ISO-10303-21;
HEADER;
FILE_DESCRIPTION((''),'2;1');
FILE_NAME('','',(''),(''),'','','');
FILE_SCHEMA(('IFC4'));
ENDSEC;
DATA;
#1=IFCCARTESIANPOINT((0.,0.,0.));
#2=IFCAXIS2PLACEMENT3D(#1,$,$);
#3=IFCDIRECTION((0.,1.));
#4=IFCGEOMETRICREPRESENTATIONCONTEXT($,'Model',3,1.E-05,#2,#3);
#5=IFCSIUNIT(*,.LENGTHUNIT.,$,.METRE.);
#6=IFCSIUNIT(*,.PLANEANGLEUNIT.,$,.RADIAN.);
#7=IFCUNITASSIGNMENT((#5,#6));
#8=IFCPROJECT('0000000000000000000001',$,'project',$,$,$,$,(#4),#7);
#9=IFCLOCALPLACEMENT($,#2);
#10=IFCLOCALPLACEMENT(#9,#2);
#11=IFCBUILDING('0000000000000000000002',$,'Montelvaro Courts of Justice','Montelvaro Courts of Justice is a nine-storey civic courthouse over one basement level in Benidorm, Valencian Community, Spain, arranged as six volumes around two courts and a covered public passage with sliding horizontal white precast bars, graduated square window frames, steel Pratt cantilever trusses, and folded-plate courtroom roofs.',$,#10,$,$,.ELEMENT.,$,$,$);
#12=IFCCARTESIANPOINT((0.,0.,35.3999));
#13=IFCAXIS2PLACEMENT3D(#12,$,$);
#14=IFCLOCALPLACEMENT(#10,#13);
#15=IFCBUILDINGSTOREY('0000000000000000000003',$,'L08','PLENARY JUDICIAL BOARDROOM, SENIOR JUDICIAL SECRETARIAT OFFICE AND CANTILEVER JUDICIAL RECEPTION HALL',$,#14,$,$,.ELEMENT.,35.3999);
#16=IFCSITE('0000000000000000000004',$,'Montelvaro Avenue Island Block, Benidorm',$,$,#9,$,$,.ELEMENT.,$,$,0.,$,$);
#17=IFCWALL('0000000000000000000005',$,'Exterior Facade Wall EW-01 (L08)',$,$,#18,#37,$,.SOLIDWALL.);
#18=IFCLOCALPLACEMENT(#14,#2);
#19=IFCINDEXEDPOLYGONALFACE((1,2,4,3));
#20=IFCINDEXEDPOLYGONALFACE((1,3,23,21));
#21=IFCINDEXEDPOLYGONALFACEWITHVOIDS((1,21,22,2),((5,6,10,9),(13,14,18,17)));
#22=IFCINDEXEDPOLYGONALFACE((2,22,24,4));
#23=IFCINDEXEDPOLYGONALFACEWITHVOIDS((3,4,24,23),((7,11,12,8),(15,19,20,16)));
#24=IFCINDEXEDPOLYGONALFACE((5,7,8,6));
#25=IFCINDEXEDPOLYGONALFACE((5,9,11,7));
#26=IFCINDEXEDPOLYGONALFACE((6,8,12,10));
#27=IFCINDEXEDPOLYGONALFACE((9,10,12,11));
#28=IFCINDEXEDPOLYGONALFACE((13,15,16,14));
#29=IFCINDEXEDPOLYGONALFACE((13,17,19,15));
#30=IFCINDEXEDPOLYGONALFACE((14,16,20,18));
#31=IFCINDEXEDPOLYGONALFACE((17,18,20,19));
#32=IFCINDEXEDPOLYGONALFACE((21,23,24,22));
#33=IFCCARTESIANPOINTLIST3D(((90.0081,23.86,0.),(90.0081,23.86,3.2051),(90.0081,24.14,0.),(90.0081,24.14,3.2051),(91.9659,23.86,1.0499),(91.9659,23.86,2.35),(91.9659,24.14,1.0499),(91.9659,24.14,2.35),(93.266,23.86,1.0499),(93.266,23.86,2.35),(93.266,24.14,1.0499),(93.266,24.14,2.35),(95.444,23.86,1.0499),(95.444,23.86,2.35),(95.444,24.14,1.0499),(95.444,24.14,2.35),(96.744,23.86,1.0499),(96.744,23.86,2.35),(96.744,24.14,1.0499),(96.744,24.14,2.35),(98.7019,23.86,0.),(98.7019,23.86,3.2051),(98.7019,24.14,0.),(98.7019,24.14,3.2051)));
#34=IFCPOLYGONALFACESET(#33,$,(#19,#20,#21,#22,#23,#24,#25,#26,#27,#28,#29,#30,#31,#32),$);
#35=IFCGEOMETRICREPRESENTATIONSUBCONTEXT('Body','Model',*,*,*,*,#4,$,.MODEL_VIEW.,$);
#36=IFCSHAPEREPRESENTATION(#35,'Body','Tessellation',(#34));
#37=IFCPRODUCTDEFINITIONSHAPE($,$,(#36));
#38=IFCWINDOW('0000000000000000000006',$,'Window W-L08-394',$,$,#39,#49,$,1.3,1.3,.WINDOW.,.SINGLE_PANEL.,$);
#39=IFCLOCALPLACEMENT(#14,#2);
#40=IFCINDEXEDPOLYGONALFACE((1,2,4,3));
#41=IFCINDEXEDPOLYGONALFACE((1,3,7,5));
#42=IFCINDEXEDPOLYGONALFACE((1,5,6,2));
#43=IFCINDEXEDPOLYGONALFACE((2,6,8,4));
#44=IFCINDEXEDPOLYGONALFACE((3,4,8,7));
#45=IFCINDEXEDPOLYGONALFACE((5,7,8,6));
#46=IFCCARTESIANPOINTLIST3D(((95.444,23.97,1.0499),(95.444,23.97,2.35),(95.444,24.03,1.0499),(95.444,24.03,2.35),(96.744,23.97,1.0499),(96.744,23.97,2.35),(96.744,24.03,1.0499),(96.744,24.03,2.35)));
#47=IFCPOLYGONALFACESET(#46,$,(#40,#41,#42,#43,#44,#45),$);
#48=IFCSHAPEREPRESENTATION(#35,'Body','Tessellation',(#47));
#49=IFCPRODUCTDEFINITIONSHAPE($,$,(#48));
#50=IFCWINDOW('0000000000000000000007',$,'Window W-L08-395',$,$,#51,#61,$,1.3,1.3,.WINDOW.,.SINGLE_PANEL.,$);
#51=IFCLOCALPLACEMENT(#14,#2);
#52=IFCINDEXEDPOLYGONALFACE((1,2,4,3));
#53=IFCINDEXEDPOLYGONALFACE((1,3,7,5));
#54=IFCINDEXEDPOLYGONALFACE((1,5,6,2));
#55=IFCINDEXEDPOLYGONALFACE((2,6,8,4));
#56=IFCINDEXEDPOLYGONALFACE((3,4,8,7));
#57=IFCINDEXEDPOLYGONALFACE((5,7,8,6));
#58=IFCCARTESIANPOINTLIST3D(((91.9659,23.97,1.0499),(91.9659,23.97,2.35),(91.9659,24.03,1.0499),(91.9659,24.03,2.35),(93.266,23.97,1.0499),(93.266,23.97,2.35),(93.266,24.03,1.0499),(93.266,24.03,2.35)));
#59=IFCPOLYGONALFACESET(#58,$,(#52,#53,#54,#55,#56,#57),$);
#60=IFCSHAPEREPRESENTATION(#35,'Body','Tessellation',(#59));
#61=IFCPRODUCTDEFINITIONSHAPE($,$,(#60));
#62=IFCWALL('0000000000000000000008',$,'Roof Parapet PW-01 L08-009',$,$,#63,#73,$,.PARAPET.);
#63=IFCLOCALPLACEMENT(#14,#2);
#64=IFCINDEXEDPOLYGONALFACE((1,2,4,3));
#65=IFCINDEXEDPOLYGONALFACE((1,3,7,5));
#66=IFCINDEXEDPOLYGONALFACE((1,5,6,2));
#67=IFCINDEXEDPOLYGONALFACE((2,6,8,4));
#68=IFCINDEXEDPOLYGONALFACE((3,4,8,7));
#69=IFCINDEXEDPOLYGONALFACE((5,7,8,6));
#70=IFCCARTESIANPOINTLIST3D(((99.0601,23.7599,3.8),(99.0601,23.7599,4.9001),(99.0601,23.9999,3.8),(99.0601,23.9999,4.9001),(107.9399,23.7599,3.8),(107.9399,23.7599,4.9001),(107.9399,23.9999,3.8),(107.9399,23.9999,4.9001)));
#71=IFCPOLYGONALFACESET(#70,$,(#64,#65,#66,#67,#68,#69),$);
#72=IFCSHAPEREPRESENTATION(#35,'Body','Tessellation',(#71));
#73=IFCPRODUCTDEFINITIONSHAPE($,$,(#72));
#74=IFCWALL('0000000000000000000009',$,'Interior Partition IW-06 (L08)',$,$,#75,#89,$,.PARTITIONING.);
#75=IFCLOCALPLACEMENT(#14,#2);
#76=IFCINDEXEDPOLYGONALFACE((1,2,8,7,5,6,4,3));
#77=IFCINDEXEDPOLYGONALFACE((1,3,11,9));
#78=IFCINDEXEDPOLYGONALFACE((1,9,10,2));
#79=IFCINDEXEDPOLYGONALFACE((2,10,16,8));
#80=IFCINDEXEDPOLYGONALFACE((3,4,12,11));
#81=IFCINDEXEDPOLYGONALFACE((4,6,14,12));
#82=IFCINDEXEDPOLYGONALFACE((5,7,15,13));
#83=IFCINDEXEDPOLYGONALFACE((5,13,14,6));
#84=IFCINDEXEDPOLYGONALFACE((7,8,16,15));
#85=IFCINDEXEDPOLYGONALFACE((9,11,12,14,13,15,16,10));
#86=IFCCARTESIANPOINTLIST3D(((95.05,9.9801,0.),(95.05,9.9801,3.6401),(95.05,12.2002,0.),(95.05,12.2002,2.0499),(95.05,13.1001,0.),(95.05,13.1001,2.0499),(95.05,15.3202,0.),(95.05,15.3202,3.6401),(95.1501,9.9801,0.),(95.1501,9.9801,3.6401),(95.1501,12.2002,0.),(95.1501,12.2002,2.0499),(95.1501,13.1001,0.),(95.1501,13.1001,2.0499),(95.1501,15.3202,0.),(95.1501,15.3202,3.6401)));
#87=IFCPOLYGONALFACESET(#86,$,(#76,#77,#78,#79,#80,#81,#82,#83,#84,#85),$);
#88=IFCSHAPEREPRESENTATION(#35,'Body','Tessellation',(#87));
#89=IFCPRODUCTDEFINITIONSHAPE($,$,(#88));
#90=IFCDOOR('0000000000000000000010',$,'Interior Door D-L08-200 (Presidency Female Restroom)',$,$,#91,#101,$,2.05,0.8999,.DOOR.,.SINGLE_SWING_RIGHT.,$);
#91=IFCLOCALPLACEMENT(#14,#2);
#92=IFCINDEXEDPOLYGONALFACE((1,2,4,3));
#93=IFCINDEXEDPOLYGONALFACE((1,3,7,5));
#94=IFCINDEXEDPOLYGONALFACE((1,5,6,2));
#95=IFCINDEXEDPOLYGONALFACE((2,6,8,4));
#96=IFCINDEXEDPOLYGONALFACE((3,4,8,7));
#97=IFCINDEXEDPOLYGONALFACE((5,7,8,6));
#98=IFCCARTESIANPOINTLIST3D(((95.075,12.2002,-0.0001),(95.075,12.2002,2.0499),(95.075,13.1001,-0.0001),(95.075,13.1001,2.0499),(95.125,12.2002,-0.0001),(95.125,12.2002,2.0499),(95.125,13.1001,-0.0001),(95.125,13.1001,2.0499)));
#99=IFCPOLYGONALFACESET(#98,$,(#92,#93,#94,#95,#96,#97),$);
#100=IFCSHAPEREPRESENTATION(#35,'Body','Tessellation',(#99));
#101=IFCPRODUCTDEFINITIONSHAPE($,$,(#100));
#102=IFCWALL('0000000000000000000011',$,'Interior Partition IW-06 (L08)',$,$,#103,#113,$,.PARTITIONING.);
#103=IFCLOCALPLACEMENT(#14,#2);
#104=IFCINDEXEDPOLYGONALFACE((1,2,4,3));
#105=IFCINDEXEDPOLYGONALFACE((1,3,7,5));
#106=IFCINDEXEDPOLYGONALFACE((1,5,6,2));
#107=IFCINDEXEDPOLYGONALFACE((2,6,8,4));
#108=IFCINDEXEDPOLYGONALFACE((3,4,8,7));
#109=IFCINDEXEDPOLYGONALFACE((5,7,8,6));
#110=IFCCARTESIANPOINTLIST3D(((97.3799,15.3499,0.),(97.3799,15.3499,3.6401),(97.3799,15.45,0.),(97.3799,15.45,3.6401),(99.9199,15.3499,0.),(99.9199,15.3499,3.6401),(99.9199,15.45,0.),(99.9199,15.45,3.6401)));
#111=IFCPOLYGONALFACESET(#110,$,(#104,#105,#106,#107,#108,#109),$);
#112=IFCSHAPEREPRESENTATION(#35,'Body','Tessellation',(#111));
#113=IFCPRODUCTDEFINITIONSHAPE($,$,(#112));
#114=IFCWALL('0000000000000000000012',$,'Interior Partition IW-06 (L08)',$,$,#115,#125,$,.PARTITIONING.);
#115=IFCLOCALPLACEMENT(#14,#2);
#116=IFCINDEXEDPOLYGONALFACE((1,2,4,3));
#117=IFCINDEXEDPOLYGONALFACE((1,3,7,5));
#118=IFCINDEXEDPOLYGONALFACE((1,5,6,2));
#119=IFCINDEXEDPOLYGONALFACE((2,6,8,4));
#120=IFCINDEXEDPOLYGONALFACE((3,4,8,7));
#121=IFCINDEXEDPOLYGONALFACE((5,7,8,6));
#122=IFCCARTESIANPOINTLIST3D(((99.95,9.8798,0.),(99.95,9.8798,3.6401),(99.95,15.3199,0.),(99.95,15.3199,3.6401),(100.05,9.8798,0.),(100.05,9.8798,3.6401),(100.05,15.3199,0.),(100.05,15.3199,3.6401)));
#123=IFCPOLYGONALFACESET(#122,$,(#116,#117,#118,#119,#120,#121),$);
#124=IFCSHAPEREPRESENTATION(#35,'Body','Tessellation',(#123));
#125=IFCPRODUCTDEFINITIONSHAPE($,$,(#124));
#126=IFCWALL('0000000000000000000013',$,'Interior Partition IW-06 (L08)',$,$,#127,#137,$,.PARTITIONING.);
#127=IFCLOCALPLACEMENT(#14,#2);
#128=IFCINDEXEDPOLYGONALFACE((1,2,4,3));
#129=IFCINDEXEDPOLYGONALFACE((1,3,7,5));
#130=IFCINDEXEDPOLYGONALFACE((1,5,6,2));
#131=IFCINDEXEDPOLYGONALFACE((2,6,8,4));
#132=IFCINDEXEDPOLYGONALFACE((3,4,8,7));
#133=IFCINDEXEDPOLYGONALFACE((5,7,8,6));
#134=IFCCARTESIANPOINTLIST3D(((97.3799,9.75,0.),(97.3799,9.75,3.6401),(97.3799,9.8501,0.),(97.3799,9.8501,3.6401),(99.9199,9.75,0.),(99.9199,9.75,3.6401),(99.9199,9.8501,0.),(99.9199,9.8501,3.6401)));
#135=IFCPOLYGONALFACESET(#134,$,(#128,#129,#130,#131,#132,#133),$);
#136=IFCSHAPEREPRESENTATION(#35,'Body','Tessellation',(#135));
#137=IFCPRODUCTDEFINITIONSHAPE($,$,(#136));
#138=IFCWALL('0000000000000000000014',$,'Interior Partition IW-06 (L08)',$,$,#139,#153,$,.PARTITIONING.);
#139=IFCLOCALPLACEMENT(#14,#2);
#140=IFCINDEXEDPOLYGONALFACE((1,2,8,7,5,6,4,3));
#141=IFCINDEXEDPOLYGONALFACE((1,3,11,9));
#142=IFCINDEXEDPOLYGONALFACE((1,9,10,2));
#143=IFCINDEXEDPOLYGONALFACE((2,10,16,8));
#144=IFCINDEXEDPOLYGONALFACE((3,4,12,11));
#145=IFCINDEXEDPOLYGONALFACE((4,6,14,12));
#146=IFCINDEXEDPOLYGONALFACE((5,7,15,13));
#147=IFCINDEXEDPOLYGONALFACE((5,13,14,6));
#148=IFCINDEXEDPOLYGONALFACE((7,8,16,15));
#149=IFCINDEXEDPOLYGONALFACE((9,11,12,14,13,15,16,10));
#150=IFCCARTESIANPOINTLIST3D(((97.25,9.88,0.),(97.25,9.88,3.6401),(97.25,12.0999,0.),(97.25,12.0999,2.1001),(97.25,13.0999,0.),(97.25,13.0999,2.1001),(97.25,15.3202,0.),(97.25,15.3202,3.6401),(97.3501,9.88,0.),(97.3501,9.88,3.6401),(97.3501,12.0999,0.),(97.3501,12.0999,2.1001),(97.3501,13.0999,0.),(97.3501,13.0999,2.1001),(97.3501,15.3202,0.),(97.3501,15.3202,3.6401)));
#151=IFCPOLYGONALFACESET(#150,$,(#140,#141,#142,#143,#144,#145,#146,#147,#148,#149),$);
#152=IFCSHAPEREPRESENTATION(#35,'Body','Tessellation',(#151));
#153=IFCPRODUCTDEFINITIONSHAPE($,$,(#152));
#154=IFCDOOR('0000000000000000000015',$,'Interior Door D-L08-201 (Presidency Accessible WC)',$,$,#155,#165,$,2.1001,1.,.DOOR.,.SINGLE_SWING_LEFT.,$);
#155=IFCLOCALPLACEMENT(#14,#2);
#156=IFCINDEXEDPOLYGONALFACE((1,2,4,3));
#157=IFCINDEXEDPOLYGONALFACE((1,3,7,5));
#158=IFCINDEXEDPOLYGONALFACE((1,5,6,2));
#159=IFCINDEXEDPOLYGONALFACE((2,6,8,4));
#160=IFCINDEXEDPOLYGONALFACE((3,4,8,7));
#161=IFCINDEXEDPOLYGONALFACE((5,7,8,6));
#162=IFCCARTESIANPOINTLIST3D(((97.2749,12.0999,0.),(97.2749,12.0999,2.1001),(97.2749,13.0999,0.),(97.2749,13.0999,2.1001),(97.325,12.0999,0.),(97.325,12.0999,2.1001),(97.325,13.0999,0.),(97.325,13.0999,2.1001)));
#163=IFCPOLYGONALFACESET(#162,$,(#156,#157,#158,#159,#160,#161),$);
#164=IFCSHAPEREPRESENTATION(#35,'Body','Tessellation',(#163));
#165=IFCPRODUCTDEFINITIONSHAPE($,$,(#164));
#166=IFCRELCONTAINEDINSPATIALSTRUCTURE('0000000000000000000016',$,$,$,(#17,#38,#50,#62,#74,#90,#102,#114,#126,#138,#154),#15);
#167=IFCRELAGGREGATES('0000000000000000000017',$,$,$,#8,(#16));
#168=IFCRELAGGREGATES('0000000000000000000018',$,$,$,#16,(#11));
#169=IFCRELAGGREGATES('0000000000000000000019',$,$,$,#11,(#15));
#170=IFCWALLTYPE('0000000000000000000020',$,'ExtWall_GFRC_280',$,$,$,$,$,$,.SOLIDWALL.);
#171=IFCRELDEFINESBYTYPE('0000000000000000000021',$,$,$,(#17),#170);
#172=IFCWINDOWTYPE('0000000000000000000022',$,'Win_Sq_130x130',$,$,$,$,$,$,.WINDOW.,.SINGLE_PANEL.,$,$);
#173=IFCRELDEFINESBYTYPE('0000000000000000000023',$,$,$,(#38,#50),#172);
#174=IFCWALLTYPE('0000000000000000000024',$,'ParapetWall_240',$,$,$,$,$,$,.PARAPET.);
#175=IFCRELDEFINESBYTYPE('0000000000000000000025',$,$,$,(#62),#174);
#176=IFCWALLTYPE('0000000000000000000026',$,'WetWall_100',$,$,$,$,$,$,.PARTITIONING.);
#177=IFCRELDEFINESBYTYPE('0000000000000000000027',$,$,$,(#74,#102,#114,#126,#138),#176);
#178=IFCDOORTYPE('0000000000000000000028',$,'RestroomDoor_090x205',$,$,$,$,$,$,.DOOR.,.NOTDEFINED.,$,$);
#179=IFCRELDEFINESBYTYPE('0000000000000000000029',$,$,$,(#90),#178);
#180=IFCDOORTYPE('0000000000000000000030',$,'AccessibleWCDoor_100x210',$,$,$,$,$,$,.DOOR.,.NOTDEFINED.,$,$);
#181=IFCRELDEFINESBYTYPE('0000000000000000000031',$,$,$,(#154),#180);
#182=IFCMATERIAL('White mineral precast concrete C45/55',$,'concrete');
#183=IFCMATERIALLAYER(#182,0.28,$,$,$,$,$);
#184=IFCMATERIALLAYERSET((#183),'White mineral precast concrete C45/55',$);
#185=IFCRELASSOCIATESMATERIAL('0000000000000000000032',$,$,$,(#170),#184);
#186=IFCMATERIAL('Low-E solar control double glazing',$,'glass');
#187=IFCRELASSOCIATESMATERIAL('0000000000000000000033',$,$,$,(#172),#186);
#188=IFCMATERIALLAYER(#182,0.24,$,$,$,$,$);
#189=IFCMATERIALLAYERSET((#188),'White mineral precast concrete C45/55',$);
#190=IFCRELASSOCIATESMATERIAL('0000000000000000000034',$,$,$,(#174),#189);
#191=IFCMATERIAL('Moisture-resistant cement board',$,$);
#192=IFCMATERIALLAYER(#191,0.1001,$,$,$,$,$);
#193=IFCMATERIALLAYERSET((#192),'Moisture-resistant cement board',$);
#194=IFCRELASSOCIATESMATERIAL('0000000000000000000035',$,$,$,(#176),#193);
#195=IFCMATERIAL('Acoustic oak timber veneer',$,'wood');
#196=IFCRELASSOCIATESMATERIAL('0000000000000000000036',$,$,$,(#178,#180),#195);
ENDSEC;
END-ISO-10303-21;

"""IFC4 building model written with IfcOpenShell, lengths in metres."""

from ifc_helpers import new_model, si_unit, direction, frame, frame_2d, origin, place, context, subcontext, project, spatial, rectangle, extrude, material, layer, layer_set, type_object, element, fill, save


model = new_model("IFC4")

# Units and contexts
model_context = context("Model", 3, precision=1e-05, world=origin(), true_north=direction((0.0, 1.0)))
body_context = subcontext(model_context, "Body", "Model", "MODEL_VIEW")
ifc_project = project(units=[si_unit("LENGTHUNIT", "METRE"), si_unit("PLANEANGLEUNIT", "RADIAN")], contexts=[model_context])

# Site, building, storey
site_placement = place(None, origin())
site = spatial("IfcSite", under=ifc_project, at=site_placement, Name="Montelvaro Avenue Island Block, Benidorm", CompositionType="ELEMENT", RefElevation=0.0)
building_placement = place(site_placement, origin())
building = spatial("IfcBuilding", under=site, at=building_placement, Name="Montelvaro Courts of Justice", Description="Montelvaro Courts of Justice is a nine-storey civic courthouse over one basement level in Benidorm, Valencian Community, Spain, arranged as six volumes around two courts and a covered public passage with sliding horizontal white precast bars, graduated square window frames, steel Pratt cantilever trusses, and folded-plate courtroom roofs.", CompositionType="ELEMENT")
storey_placement = place(building_placement, frame((0.0, 0.0, 35.3999)))
storey = spatial("IfcBuildingStorey", under=building, at=storey_placement, Name="L08", Description="PLENARY JUDICIAL BOARDROOM, SENIOR JUDICIAL SECRETARIAT OFFICE AND CANTILEVER JUDICIAL RECEPTION HALL", CompositionType="ELEMENT", Elevation=35.3999)

# Shared definitions
ifc_material_1 = material(Name="White mineral precast concrete C45/55", Category="concrete")

# Wall, openings, windows
ifc_layer_1 = layer(ifc_material_1, 0.28)
ifc_layer_set_1 = layer_set([ifc_layer_1], Name="White mineral precast concrete C45/55")
wall_type_1 = type_object("IfcWallType", Name="ExtWall_GFRC_280", PredefinedType="SOLIDWALL", material=ifc_layer_set_1)
wall_1_placement = place(storey_placement, frame((98.7019, 24.0, 0.0), z_axis=(0.0, 0.0, 1.0), x_axis=(-1.0, 0.0, 0.0)))
wall_1 = element("IfcWall", 1, at=wall_1_placement, inside=storey, type_object=wall_type_1, Name="Exterior Facade Wall EW-01 (L08)", PredefinedType="SOLIDWALL", context=body_context, shape_type="SweptSolid", body=[
    extrude(rectangle(XDim=8.6938, YDim=0.28, at=frame_2d((4.3469, 0.0))), origin(), (0.0, 0.0, 1.0), 3.2051),
])
opening_1_placement = place(wall_1_placement, frame((1.958, 0.0, 1.05)))
opening_1 = element("IfcOpeningElement", 2, at=opening_1_placement, cuts=wall_1, PredefinedType="OPENING", context=body_context, shape_type="SweptSolid", body=[
    extrude(rectangle(XDim=1.3, YDim=1.3, at=frame_2d((0.6499, 0.6499))), frame((0.0, 0.1548, 0.0), z_axis=(0.0, -1.0, 0.0), x_axis=(1.0, 0.0, 0.0)), (0.0, 0.0, 1.0), 0.3098),
])
opening_2_placement = place(wall_1_placement, frame((5.436, 0.0, 1.05)))
opening_2 = element("IfcOpeningElement", 3, at=opening_2_placement, cuts=wall_1, PredefinedType="OPENING", context=body_context, shape_type="SweptSolid", body=[
    extrude(rectangle(XDim=1.3, YDim=1.3, at=frame_2d((0.6499, 0.6499))), frame((0.0, 0.1548, 0.0), z_axis=(0.0, -1.0, 0.0), x_axis=(1.0, 0.0, 0.0)), (0.0, 0.0, 1.0), 0.3098),
])
ifc_material_2 = material(Name="Low-E solar control double glazing", Category="glass")
window_type = type_object("IfcWindowType", Name="Win_Sq_130x130", PartitioningType="SINGLE_PANEL", PredefinedType="WINDOW", material=ifc_material_2)
window_1_placement = place(opening_1_placement, origin())
window_1 = element("IfcWindow", 4, at=window_1_placement, inside=storey, type_object=window_type, Name="Window W-L08-394", OverallHeight=1.3, OverallWidth=1.3, PartitioningType="SINGLE_PANEL", PredefinedType="WINDOW", context=body_context, shape_type="SweptSolid", body=[
    extrude(rectangle(XDim=1.3, YDim=1.3, at=frame_2d((0.6499, 0.6499))), frame((0.0, 0.03, 0.0), z_axis=(0.0, -1.0, 0.0), x_axis=(1.0, 0.0, 0.0)), (0.0, 0.0, 1.0), 0.0601),
])
fill(opening_1, window_1)
window_2_placement = place(opening_2_placement, origin())
window_2 = element("IfcWindow", 5, at=window_2_placement, inside=storey, type_object=window_type, Name="Window W-L08-395", OverallHeight=1.3, OverallWidth=1.3, PartitioningType="SINGLE_PANEL", PredefinedType="WINDOW", context=body_context, shape_type="SweptSolid", body=[
    extrude(rectangle(XDim=1.3, YDim=1.3, at=frame_2d((0.6499, 0.6499))), frame((0.0, 0.03, 0.0), z_axis=(0.0, -1.0, 0.0), x_axis=(1.0, 0.0, 0.0)), (0.0, 0.0, 1.0), 0.0601),
])
fill(opening_2, window_2)

# Wall
ifc_layer_2 = layer(ifc_material_1, 0.24)
ifc_layer_set_2 = layer_set([ifc_layer_2], Name="White mineral precast concrete C45/55")
wall_type_2 = type_object("IfcWallType", Name="ParapetWall_240", PredefinedType="PARAPET", material=ifc_layer_set_2)
wall_2_placement = place(storey_placement, frame((107.9399, 23.8799, 3.8), z_axis=(0.0, 0.0, 1.0), x_axis=(-1.0, 0.0, 0.0)))
element("IfcWall", 6, at=wall_2_placement, inside=storey, type_object=wall_type_2, Name="Roof Parapet PW-01 L08-009", PredefinedType="PARAPET", context=body_context, shape_type="SweptSolid", body=[
    extrude(rectangle(XDim=8.8799, YDim=0.24, at=frame_2d((4.4399, 0.0))), origin(), (0.0, 0.0, 1.0), 1.1001),
])

# Wall, opening, door
ifc_material_3 = material(Name="Moisture-resistant cement board")
ifc_layer_3 = layer(ifc_material_3, 0.1001)
ifc_layer_set_3 = layer_set([ifc_layer_3], Name="Moisture-resistant cement board")
wall_type_3 = type_object("IfcWallType", Name="WetWall_100", PredefinedType="PARTITIONING", material=ifc_layer_set_3)
wall_3_placement = place(storey_placement, frame((95.1001, 15.3201, 0.0), z_axis=(0.0, 0.0, 1.0), x_axis=(0.0, -1.0, 0.0)))
wall_3 = element("IfcWall", 7, at=wall_3_placement, inside=storey, type_object=wall_type_3, Name="Interior Partition IW-06 (L08)", PredefinedType="PARTITIONING", context=body_context, shape_type="SweptSolid", body=[
    extrude(rectangle(XDim=5.3401, YDim=0.1001, at=frame_2d((2.6699, 0.0))), origin(), (0.0, 0.0, 1.0), 3.6401),
])
opening_3_placement = place(wall_3_placement, frame((2.22, 0.0, 0.0)))
opening_3 = element("IfcOpeningElement", 8, at=opening_3_placement, cuts=wall_3, PredefinedType="OPENING", context=body_context, shape_type="SweptSolid", body=[
    extrude(rectangle(XDim=0.8999, YDim=2.05, at=frame_2d((0.45, 1.0249))), frame((0.0, 0.0649, 0.0), z_axis=(0.0, -1.0, 0.0), x_axis=(1.0, 0.0, 0.0)), (0.0, 0.0, 1.0), 0.1299),
])
ifc_material_4 = material(Name="Acoustic oak timber veneer", Category="wood")
door_type_1 = type_object("IfcDoorType", Name="RestroomDoor_090x205", OperationType="NOTDEFINED", PredefinedType="DOOR", material=ifc_material_4)
door_1_placement = place(opening_3_placement, origin())
door_1 = element("IfcDoor", 9, at=door_1_placement, inside=storey, type_object=door_type_1, Name="Interior Door D-L08-200 (Presidency Female Restroom)", OperationType="SINGLE_SWING_RIGHT", OverallHeight=2.05, OverallWidth=0.8999, PredefinedType="DOOR", context=body_context, shape_type="SweptSolid", body=[
    extrude(rectangle(XDim=0.8999, YDim=2.05, at=frame_2d((0.45, 1.0249))), frame((0.0, 0.0249, 0.0), z_axis=(0.0, -1.0, 0.0), x_axis=(1.0, 0.0, 0.0)), (0.0, 0.0, 1.0), 0.05),
])
fill(opening_3, door_1)

# Walls
wall_4_placement = place(storey_placement, frame((97.3799, 15.3999, 0.0), z_axis=(0.0, 0.0, 1.0), x_axis=(1.0, 0.0, 0.0)))
element("IfcWall", 10, at=wall_4_placement, inside=storey, type_object=wall_type_3, Name="Interior Partition IW-06 (L08)", PredefinedType="PARTITIONING", context=body_context, shape_type="SweptSolid", body=[
    extrude(rectangle(XDim=2.54, YDim=0.1001, at=frame_2d((1.27, 0.0))), origin(), (0.0, 0.0, 1.0), 3.6401),
])
wall_5_placement = place(storey_placement, frame((100.0, 15.3201, 0.0), z_axis=(0.0, 0.0, 1.0), x_axis=(0.0, -1.0, 0.0)))
element("IfcWall", 11, at=wall_5_placement, inside=storey, type_object=wall_type_3, Name="Interior Partition IW-06 (L08)", PredefinedType="PARTITIONING", context=body_context, shape_type="SweptSolid", body=[
    extrude(rectangle(XDim=5.4402, YDim=0.1001, at=frame_2d((2.7202, 0.0))), origin(), (0.0, 0.0, 1.0), 3.6401),
])
wall_6_placement = place(storey_placement, frame((99.9199, 9.8, 0.0), z_axis=(0.0, 0.0, 1.0), x_axis=(-1.0, 0.0, 0.0)))
element("IfcWall", 12, at=wall_6_placement, inside=storey, type_object=wall_type_3, Name="Interior Partition IW-06 (L08)", PredefinedType="PARTITIONING", context=body_context, shape_type="SweptSolid", body=[
    extrude(rectangle(XDim=2.54, YDim=0.1001, at=frame_2d((1.27, 0.0))), origin(), (0.0, 0.0, 1.0), 3.6401),
])

# Wall, opening, door
wall_7_placement = place(storey_placement, frame((97.3, 9.8799, 0.0), z_axis=(0.0, 0.0, 1.0), x_axis=(0.0, 1.0, 0.0)))
wall_7 = element("IfcWall", 13, at=wall_7_placement, inside=storey, type_object=wall_type_3, Name="Interior Partition IW-06 (L08)", PredefinedType="PARTITIONING", context=body_context, shape_type="SweptSolid", body=[
    extrude(rectangle(XDim=5.4402, YDim=0.1001, at=frame_2d((2.7202, 0.0))), origin(), (0.0, 0.0, 1.0), 3.6401),
])
opening_4_placement = place(wall_7_placement, frame((2.22, 0.0, 0.0)))
opening_4 = element("IfcOpeningElement", 14, at=opening_4_placement, cuts=wall_7, PredefinedType="OPENING", context=body_context, shape_type="SweptSolid", body=[
    extrude(rectangle(XDim=1.0, YDim=2.1001, at=frame_2d((0.5, 1.05))), frame((0.0, 0.0649, 0.0), z_axis=(0.0, -1.0, 0.0), x_axis=(1.0, 0.0, 0.0)), (0.0, 0.0, 1.0), 0.1299),
])
door_type_2 = type_object("IfcDoorType", Name="AccessibleWCDoor_100x210", OperationType="NOTDEFINED", PredefinedType="DOOR", material=ifc_material_4)
door_2_placement = place(opening_4_placement, frame((1.0, 0.0, 0.0), z_axis=(0.0, 0.0, 1.0), x_axis=(-1.0, 0.0, 0.0)))
door_2 = element("IfcDoor", 15, at=door_2_placement, inside=storey, type_object=door_type_2, Name="Interior Door D-L08-201 (Presidency Accessible WC)", OperationType="SINGLE_SWING_LEFT", OverallHeight=2.1001, OverallWidth=1.0, PredefinedType="DOOR", context=body_context, shape_type="SweptSolid", body=[
    extrude(rectangle(XDim=1.0, YDim=2.1001, at=frame_2d((0.5, 1.05))), frame((0.0, 0.0249, 0.0), z_axis=(0.0, -1.0, 0.0), x_axis=(1.0, 0.0, 0.0)), (0.0, 0.0, 1.0), 0.05),
])
fill(opening_4, door_2)

save(model, "model.ifc")
